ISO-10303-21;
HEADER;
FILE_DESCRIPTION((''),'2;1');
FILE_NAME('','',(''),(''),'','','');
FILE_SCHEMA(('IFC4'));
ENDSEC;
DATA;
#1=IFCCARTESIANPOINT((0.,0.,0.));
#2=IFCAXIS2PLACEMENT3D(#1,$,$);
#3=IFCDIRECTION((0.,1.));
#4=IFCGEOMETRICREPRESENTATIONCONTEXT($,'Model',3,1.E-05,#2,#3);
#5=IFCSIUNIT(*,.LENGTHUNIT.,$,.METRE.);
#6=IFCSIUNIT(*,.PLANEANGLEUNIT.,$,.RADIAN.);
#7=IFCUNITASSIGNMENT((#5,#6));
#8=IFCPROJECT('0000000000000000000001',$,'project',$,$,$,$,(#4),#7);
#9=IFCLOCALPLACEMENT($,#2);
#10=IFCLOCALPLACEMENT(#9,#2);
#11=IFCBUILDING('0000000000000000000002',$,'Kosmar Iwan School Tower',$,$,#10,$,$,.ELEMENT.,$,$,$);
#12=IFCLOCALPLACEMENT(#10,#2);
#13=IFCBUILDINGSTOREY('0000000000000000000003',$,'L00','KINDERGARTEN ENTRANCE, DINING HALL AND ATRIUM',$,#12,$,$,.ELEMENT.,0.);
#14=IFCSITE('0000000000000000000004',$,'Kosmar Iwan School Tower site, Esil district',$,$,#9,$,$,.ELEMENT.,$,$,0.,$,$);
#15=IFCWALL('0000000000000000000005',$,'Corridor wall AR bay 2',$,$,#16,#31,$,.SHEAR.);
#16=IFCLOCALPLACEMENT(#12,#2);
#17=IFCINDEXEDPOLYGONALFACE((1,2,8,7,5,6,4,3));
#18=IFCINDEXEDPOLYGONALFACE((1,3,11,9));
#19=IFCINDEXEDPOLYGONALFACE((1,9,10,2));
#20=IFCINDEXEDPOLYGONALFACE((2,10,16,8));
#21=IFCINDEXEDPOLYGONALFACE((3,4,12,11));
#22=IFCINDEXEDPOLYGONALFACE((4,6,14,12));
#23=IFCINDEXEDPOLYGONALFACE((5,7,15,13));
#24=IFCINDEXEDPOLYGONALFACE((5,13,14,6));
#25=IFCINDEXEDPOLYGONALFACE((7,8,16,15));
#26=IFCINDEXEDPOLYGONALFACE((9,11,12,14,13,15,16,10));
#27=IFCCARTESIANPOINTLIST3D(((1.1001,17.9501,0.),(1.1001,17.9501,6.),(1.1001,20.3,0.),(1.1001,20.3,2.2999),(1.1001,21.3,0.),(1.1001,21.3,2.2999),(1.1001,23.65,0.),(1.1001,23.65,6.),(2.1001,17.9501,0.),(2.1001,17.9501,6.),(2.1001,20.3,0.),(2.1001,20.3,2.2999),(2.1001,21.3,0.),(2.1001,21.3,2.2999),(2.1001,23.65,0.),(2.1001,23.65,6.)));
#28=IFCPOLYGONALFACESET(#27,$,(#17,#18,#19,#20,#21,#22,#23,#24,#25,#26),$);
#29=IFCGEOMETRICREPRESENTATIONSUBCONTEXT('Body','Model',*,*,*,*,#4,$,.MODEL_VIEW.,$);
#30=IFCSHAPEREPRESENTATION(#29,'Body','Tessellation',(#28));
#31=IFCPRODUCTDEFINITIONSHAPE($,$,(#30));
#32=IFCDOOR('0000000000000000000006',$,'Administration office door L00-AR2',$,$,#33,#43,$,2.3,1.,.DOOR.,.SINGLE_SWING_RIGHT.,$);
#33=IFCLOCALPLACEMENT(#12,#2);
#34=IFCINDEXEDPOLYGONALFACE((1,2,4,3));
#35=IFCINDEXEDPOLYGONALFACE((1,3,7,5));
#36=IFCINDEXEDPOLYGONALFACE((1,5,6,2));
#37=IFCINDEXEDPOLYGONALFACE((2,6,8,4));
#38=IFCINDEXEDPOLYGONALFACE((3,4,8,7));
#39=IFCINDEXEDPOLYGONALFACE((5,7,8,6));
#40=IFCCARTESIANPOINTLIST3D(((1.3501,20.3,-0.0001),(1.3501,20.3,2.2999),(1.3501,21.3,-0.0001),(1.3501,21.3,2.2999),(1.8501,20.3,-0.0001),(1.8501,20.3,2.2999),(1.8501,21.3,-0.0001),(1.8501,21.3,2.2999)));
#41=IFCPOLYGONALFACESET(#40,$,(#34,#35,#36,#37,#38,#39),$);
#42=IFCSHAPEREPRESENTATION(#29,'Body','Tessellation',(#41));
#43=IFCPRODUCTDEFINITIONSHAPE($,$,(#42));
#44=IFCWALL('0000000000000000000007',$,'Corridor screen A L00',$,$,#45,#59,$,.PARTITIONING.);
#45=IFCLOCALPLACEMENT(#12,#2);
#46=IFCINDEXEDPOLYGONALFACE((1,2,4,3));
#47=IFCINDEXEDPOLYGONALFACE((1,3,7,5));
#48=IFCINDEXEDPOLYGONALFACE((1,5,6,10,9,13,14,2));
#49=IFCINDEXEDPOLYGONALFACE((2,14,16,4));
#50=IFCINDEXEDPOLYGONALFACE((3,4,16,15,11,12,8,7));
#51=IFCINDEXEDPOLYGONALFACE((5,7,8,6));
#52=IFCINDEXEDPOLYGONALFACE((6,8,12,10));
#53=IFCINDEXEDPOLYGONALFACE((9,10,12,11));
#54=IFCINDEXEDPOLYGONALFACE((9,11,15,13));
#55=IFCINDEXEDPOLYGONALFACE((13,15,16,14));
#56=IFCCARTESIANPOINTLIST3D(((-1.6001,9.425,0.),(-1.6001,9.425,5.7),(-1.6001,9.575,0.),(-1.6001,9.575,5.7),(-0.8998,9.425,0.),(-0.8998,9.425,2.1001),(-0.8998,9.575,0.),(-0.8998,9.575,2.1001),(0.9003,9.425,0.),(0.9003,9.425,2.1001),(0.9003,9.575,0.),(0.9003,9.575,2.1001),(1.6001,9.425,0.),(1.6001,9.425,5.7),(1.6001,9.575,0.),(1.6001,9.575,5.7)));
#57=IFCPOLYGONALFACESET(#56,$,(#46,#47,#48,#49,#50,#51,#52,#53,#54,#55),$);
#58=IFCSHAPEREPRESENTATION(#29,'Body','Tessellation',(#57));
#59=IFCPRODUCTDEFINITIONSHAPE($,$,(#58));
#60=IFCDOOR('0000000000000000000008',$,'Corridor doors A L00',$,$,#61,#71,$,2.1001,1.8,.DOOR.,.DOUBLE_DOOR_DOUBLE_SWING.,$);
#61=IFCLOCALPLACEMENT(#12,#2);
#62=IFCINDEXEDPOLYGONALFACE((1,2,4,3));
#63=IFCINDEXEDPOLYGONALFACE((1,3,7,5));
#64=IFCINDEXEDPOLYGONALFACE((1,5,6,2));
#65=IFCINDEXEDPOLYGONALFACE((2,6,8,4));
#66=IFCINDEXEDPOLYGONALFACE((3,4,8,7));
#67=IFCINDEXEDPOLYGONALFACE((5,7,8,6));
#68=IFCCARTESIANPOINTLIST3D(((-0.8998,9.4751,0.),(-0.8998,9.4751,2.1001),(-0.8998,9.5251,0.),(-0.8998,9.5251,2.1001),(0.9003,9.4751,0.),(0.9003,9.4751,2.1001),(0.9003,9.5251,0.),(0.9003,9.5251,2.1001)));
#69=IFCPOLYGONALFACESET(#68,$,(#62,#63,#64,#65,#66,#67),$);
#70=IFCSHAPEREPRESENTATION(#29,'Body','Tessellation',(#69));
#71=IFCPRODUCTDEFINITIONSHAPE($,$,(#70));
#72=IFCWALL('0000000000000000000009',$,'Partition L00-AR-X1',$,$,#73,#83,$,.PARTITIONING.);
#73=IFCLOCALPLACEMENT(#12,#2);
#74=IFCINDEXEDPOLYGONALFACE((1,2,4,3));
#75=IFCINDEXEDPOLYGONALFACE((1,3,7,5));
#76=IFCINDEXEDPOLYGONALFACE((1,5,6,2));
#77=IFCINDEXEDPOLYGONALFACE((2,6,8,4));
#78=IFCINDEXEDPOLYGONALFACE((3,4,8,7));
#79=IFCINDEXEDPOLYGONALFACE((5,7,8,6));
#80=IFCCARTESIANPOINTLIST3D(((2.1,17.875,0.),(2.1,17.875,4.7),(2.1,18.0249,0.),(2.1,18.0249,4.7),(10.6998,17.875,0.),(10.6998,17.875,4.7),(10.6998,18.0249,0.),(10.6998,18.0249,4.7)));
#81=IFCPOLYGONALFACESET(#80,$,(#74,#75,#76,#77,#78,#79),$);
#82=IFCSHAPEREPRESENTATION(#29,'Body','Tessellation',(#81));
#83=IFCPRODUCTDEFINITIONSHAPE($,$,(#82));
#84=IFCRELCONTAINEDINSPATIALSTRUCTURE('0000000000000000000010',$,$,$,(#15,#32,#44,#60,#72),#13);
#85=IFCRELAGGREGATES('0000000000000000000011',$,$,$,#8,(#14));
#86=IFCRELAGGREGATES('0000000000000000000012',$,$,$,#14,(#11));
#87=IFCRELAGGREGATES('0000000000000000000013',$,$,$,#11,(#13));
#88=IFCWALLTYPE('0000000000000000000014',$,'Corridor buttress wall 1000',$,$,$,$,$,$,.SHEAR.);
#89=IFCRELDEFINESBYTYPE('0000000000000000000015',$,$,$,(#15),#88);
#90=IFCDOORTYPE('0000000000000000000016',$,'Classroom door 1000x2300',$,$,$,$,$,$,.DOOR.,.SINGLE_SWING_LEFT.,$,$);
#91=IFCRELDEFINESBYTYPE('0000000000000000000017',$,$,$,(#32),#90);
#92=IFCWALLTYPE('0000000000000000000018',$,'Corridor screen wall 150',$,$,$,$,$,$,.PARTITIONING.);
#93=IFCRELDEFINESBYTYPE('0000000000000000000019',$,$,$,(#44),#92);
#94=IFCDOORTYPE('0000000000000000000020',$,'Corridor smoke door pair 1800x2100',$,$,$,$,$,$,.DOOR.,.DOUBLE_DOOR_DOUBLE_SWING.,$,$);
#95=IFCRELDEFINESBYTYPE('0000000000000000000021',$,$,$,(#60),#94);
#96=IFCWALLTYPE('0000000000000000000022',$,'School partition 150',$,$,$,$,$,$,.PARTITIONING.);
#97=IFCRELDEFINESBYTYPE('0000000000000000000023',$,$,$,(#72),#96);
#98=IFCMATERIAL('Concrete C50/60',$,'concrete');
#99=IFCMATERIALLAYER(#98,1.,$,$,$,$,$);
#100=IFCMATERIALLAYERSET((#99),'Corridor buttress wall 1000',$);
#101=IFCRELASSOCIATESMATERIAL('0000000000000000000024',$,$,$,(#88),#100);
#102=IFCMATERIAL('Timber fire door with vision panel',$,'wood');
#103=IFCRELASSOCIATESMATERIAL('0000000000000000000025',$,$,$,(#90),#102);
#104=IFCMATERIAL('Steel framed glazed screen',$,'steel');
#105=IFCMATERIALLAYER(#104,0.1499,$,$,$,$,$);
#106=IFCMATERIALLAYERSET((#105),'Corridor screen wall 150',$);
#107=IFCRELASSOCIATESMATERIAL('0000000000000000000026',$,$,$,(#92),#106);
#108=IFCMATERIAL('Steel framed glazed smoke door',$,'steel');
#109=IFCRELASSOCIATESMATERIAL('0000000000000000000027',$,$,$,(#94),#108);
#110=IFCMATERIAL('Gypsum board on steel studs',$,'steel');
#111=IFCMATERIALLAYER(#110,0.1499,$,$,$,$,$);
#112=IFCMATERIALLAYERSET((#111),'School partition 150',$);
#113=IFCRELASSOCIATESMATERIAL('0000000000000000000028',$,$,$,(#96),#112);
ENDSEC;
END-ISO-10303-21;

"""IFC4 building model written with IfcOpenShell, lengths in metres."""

from ifc_helpers import new_model, si_unit, direction, frame, frame_2d, origin, place, context, subcontext, project, spatial, rectangle, extrude, material, layer, layer_set, type_object, element, fill, save


model = new_model("IFC4")

# Units and contexts
model_context = context("Model", 3, precision=1e-05, world=origin(), true_north=direction((0.0, 1.0)))
body_context = subcontext(model_context, "Body", "Model", "MODEL_VIEW")
ifc_project = project(units=[si_unit("LENGTHUNIT", "METRE"), si_unit("PLANEANGLEUNIT", "RADIAN")], contexts=[model_context])

# Site, building, storey
site_placement = place(None, origin())
site = spatial("IfcSite", under=ifc_project, at=site_placement, Name="Kosmar Iwan School Tower site, Esil district", CompositionType="ELEMENT", RefElevation=0.0)
building_placement = place(site_placement, origin())
building = spatial("IfcBuilding", under=site, at=building_placement, Name="Kosmar Iwan School Tower", CompositionType="ELEMENT")
storey_placement = place(building_placement, origin())
storey = spatial("IfcBuildingStorey", under=building, at=storey_placement, Name="L00", Description="KINDERGARTEN ENTRANCE, DINING HALL AND ATRIUM", CompositionType="ELEMENT", Elevation=0.0)

# Walls, openings, doors
ifc_material_1 = material(Name="Concrete C50/60", Category="concrete")
ifc_layer_1 = layer(ifc_material_1, 1.0)
ifc_layer_set_1 = layer_set([ifc_layer_1], Name="Corridor buttress wall 1000")
wall_type_1 = type_object("IfcWallType", Name="Corridor buttress wall 1000", PredefinedType="SHEAR", material=ifc_layer_set_1)
ifc_material_2 = material(Name="Timber fire door with vision panel", Category="wood")
door_type_1 = type_object("IfcDoorType", Name="Classroom door 1000x2300", OperationType="SINGLE_SWING_LEFT", PredefinedType="DOOR", material=ifc_material_2)
wall_1_placement = place(storey_placement, frame((1.6001, 17.95, 0.0), z_axis=(0.0, 0.0, 1.0), x_axis=(0.0, 1.0, 0.0)))
wall_1 = element("IfcWall", 1, at=wall_1_placement, inside=storey, type_object=wall_type_1, Name="Corridor wall AR bay 2", PredefinedType="SHEAR", context=body_context, shape_type="SweptSolid", body=[
    extrude(rectangle(XDim=5.7, YDim=1.0, at=frame_2d((2.8501, 0.0))), origin(), (0.0, 0.0, 1.0), 6.0),
])
opening_1_placement = place(wall_1_placement, frame((2.3501, 0.0, 0.0)))
opening_1 = element("IfcOpeningElement", 2, at=opening_1_placement, cuts=wall_1, PredefinedType="OPENING", context=body_context, shape_type="SweptSolid", body=[
    extrude(rectangle(XDim=1.0, YDim=2.3, at=frame_2d((0.5, 1.1499))), frame((0.0, 0.512, 0.0), z_axis=(0.0, -1.0, 0.0), x_axis=(1.0, 0.0, 0.0)), (0.0, 0.0, 1.0), 1.0239),
])
door_1_placement = place(opening_1_placement, origin())
door_1 = element("IfcDoor", 3, at=door_1_placement, inside=storey, type_object=door_type_1, Name="Administration office door L00-AR2", OperationType="SINGLE_SWING_RIGHT", OverallHeight=2.3, OverallWidth=1.0, PredefinedType="DOOR", context=body_context, shape_type="SweptSolid", body=[
    extrude(rectangle(XDim=1.0, YDim=2.3, at=frame_2d((0.5, 1.1499))), frame((0.0, 0.25, 0.0), z_axis=(0.0, -1.0, 0.0), x_axis=(1.0, 0.0, 0.0)), (0.0, 0.0, 1.0), 0.5),
])
fill(opening_1, door_1)
ifc_material_3 = material(Name="Steel framed glazed screen", Category="steel")
ifc_layer_2 = layer(ifc_material_3, 0.1499)
ifc_layer_set_2 = layer_set([ifc_layer_2], Name="Corridor screen wall 150")
wall_type_2 = type_object("IfcWallType", Name="Corridor screen wall 150", PredefinedType="PARTITIONING", material=ifc_layer_set_2)
wall_2_placement = place(storey_placement, frame((1.6001, 9.5, 0.0), z_axis=(0.0, 0.0, 1.0), x_axis=(-1.0, 0.0, 0.0)))
wall_2 = element("IfcWall", 4, at=wall_2_placement, inside=storey, type_object=wall_type_2, Name="Corridor screen A L00", PredefinedType="PARTITIONING", context=body_context, shape_type="SweptSolid", body=[
    extrude(rectangle(XDim=3.2002, YDim=0.1499, at=frame_2d((1.6001, 0.0))), origin(), (0.0, 0.0, 1.0), 5.7),
])
opening_2_placement = place(wall_2_placement, frame((0.7, 0.0, 0.0)))
opening_2 = element("IfcOpeningElement", 5, at=opening_2_placement, cuts=wall_2, PredefinedType="OPENING", context=body_context, shape_type="SweptSolid", body=[
    extrude(rectangle(XDim=1.8, YDim=2.1001, at=frame_2d((0.8999, 1.05))), frame((0.0, 0.0869, 0.0), z_axis=(0.0, -1.0, 0.0), x_axis=(1.0, 0.0, 0.0)), (0.0, 0.0, 1.0), 0.1738),
])
ifc_material_4 = material(Name="Steel framed glazed smoke door", Category="steel")
door_type_2 = type_object("IfcDoorType", Name="Corridor smoke door pair 1800x2100", OperationType="DOUBLE_DOOR_DOUBLE_SWING", PredefinedType="DOOR", material=ifc_material_4)
door_2_placement = place(opening_2_placement, origin())
door_2 = element("IfcDoor", 6, at=door_2_placement, inside=storey, type_object=door_type_2, Name="Corridor doors A L00", OperationType="DOUBLE_DOOR_DOUBLE_SWING", OverallHeight=2.1001, OverallWidth=1.8, PredefinedType="DOOR", context=body_context, shape_type="SweptSolid", body=[
    extrude(rectangle(XDim=1.8, YDim=2.1001, at=frame_2d((0.8999, 1.05))), frame((0.0, 0.0249, 0.0), z_axis=(0.0, -1.0, 0.0), x_axis=(1.0, 0.0, 0.0)), (0.0, 0.0, 1.0), 0.05),
])
fill(opening_2, door_2)

# Wall
ifc_material_5 = material(Name="Gypsum board on steel studs", Category="steel")
ifc_layer_3 = layer(ifc_material_5, 0.1499)
ifc_layer_set_3 = layer_set([ifc_layer_3], Name="School partition 150")
wall_type_3 = type_object("IfcWallType", Name="School partition 150", PredefinedType="PARTITIONING", material=ifc_layer_set_3)
wall_3_placement = place(storey_placement, frame((2.1001, 17.95, 0.0), z_axis=(0.0, 0.0, 1.0), x_axis=(1.0, 0.0, 0.0)))
element("IfcWall", 7, at=wall_3_placement, inside=storey, type_object=wall_type_3, Name="Partition L00-AR-X1", PredefinedType="PARTITIONING", context=body_context, shape_type="SweptSolid", body=[
    extrude(rectangle(XDim=8.5999, YDim=0.1499, at=frame_2d((4.2998, 0.0))), origin(), (0.0, 0.0, 1.0), 4.7),
])

save(model, "model.ifc")
